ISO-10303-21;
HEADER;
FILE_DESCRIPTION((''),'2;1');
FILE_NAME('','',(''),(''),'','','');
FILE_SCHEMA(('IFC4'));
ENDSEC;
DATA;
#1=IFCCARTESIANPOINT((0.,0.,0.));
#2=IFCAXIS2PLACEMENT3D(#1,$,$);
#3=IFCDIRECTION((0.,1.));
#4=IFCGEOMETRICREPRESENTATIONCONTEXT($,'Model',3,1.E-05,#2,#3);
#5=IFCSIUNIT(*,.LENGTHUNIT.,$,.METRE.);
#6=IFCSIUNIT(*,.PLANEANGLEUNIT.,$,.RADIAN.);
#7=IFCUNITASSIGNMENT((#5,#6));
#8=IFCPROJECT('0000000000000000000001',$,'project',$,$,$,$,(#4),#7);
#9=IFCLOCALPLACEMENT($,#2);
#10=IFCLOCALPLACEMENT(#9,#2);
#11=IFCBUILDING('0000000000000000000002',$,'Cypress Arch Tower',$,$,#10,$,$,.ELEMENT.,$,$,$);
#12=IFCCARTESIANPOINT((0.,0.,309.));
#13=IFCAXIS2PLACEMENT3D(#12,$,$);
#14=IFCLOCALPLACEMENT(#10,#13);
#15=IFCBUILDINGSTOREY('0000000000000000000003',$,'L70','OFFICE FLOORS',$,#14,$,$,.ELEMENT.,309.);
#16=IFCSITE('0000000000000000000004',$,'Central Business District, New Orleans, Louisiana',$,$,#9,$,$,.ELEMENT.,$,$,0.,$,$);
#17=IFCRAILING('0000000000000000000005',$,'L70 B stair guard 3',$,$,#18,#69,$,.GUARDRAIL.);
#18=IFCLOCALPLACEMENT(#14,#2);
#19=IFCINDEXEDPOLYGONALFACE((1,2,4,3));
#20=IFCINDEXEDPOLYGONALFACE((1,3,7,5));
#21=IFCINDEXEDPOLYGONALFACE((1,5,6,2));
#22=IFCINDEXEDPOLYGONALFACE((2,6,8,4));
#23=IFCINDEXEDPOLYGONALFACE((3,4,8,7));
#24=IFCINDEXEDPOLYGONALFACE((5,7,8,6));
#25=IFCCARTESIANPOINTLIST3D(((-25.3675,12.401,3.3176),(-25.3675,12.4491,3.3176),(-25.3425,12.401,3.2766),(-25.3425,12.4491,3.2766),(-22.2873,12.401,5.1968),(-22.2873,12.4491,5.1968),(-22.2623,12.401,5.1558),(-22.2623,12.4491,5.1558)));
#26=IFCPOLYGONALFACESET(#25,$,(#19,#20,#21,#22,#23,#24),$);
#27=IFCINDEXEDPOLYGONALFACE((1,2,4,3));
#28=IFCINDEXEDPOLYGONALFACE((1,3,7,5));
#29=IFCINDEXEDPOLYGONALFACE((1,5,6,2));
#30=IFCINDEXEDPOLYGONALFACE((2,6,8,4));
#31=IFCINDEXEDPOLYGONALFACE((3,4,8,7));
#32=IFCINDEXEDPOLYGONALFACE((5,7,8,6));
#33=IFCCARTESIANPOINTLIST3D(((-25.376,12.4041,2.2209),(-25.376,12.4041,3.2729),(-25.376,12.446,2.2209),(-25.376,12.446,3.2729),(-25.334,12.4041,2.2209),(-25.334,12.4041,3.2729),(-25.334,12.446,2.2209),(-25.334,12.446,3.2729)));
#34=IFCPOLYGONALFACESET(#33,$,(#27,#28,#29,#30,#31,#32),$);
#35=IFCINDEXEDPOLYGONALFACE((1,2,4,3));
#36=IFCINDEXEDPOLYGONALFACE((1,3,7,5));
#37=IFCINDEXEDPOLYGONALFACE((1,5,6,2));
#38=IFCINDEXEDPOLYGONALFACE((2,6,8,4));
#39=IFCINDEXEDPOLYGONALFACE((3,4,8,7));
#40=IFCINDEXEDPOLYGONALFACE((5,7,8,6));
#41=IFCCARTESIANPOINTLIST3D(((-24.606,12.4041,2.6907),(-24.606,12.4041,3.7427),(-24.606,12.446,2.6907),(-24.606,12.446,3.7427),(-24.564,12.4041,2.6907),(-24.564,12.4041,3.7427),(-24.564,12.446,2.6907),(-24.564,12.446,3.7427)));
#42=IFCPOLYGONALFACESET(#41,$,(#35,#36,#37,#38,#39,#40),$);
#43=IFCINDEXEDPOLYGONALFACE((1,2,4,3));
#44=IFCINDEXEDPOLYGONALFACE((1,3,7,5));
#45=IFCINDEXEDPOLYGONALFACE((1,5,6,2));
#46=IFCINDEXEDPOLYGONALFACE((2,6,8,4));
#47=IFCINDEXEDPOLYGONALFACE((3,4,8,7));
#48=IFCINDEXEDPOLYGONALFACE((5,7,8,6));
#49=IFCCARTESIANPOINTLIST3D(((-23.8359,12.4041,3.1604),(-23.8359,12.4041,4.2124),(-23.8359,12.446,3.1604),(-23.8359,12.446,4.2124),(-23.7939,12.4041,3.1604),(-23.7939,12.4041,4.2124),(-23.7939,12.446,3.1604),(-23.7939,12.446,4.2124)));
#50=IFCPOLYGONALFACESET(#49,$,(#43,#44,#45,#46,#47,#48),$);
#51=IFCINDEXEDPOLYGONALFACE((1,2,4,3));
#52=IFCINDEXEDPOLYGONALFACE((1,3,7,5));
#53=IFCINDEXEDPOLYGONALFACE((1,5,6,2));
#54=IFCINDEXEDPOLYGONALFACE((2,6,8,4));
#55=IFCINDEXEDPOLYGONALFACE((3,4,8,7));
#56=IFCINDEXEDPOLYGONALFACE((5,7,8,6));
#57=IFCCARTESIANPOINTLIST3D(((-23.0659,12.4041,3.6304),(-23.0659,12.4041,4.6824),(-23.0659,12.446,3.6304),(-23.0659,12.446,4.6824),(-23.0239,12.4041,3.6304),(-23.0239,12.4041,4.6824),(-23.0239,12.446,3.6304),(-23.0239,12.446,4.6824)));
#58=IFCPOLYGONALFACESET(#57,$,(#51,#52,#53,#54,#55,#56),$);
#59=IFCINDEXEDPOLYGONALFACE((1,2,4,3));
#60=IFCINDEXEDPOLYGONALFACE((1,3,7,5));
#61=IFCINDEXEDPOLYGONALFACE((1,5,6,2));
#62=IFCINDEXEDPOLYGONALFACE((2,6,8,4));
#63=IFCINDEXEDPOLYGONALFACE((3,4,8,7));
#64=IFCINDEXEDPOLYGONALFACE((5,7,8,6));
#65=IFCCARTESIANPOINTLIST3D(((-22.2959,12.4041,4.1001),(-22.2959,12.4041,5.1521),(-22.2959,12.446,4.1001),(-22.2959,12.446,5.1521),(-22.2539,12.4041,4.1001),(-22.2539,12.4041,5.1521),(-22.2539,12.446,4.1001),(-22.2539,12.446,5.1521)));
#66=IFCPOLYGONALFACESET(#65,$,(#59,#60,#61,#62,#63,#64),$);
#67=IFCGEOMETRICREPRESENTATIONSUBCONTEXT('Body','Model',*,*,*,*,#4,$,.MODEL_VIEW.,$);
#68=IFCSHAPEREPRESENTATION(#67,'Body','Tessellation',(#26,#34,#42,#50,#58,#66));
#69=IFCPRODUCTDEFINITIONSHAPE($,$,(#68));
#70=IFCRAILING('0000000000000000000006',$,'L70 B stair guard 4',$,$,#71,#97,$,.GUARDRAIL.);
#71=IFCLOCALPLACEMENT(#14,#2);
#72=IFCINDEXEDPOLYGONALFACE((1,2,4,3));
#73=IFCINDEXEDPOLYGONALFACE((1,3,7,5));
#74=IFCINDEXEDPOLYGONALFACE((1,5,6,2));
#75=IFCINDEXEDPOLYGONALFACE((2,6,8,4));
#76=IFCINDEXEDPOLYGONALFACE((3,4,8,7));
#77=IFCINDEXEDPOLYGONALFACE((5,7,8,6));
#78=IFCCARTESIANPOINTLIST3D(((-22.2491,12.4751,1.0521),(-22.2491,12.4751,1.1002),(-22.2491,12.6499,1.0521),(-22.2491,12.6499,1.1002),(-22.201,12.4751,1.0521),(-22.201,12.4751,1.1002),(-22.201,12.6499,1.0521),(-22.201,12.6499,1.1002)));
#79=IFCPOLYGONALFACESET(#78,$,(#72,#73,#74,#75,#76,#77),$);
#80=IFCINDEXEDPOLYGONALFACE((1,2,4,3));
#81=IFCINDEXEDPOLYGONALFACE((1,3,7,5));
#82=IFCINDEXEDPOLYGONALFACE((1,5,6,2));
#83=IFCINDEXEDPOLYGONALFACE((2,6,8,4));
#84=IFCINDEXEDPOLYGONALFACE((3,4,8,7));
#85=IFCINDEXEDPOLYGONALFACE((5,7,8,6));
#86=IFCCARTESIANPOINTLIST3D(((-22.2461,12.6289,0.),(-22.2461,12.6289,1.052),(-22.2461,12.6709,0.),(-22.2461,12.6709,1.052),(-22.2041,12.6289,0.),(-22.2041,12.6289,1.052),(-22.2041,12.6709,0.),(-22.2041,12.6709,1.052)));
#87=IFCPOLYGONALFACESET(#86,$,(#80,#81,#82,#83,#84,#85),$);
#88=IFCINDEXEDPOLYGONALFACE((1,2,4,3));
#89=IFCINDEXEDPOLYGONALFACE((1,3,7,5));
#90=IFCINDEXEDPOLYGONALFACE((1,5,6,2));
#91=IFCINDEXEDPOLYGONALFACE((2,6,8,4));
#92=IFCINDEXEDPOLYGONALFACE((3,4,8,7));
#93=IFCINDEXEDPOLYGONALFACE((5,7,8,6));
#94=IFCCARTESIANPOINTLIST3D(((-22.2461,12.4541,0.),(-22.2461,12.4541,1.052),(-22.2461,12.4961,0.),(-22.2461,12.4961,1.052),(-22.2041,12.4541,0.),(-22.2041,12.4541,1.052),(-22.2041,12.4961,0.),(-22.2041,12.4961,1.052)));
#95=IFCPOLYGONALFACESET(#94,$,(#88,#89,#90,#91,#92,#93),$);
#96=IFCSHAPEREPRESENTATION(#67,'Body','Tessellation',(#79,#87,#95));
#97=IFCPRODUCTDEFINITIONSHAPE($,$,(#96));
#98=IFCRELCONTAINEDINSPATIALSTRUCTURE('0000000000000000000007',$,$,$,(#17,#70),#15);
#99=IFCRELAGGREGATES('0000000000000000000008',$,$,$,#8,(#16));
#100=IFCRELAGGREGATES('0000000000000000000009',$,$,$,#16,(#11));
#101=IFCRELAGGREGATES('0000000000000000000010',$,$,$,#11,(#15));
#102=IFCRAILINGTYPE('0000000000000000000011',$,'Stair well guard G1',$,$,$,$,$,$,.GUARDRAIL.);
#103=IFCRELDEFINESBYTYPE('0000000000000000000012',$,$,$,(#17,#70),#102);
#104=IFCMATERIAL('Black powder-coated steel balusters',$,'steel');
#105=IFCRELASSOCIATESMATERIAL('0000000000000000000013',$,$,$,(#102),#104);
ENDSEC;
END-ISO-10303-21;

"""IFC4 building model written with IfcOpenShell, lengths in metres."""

from ifc_helpers import new_model, si_unit, direction, frame, origin, origin_2d, place, context, subcontext, project, spatial, rectangle, extrude, material, type_object, element, save


model = new_model("IFC4")

# Units and contexts
model_context = context("Model", 3, precision=1e-05, world=origin(), true_north=direction((0.0, 1.0)))
body_context = subcontext(model_context, "Body", "Model", "MODEL_VIEW")
ifc_project = project(units=[si_unit("LENGTHUNIT", "METRE"), si_unit("PLANEANGLEUNIT", "RADIAN")], contexts=[model_context])

# Site, building, storey
site_placement = place(None, origin())
site = spatial("IfcSite", under=ifc_project, at=site_placement, Name="Central Business District, New Orleans, Louisiana", CompositionType="ELEMENT", RefElevation=0.0)
building_placement = place(site_placement, origin())
building = spatial("IfcBuilding", under=site, at=building_placement, Name="Cypress Arch Tower", CompositionType="ELEMENT")
storey_placement = place(building_placement, frame((0.0, 0.0, 309.0)))
storey = spatial("IfcBuildingStorey", under=building, at=storey_placement, Name="L70", Description="OFFICE FLOORS", CompositionType="ELEMENT", Elevation=309.0)

# Railings
ifc_material_1 = material(Name="Black powder-coated steel balusters", Category="steel")
railing_type_1 = type_object("IfcRailingType", Name="Stair well guard G1", PredefinedType="GUARDRAIL", material=ifc_material_1)
railing_1_placement = place(storey_placement, frame((-25.355, 12.425, 2.2209)))
element("IfcRailing", 1, at=railing_1_placement, inside=storey, type_object=railing_type_1, Name="L70 B stair guard 3", PredefinedType="GUARDRAIL", context=body_context, shape_type="SweptSolid", body=[
    extrude(rectangle(XDim=0.0481, YDim=0.0481, at=origin_2d()), frame((0.0, 0.0, 1.0762), z_axis=(0.853666, 0.0, 0.52082), x_axis=(0.0, 1.0, 0.0)), (0.0, 0.0, 1.0), 3.6082),
    extrude(rectangle(XDim=0.042, YDim=0.042, at=origin_2d()), origin(), (0.0, 0.0, 1.0), 1.052),
    extrude(rectangle(XDim=0.042, YDim=0.042, at=origin_2d()), frame((0.77, 0.0, 0.4697)), (0.0, 0.0, 1.0), 1.052),
    extrude(rectangle(XDim=0.042, YDim=0.042, at=origin_2d()), frame((1.54, 0.0, 0.9395)), (0.0, 0.0, 1.0), 1.052),
    extrude(rectangle(XDim=0.042, YDim=0.042, at=origin_2d()), frame((2.3101, 0.0, 1.4094)), (0.0, 0.0, 1.0), 1.052),
    extrude(rectangle(XDim=0.042, YDim=0.042, at=origin_2d()), frame((3.0801, 0.0, 1.8792)), (0.0, 0.0, 1.0), 1.052),
])
railing_2_placement = place(storey_placement, frame((-22.2251, 12.6499, 0.0)))
element("IfcRailing", 2, at=railing_2_placement, inside=storey, type_object=railing_type_1, Name="L70 B stair guard 4", PredefinedType="GUARDRAIL", context=body_context, shape_type="SweptSolid", body=[
    extrude(rectangle(XDim=0.0481, YDim=0.0481, at=origin_2d()), frame((0.0, 0.0, 1.0762), z_axis=(0.0, -1.0, 0.0), x_axis=(1.0, 0.0, 0.0)), (0.0, 0.0, 1.0), 0.1748),
    extrude(rectangle(XDim=0.042, YDim=0.042, at=origin_2d()), origin(), (0.0, 0.0, 1.0), 1.052),
    extrude(rectangle(XDim=0.042, YDim=0.042, at=origin_2d()), frame((0.0, -0.1748, 0.0)), (0.0, 0.0, 1.0), 1.052),
])

save(model, "model.ifc")
